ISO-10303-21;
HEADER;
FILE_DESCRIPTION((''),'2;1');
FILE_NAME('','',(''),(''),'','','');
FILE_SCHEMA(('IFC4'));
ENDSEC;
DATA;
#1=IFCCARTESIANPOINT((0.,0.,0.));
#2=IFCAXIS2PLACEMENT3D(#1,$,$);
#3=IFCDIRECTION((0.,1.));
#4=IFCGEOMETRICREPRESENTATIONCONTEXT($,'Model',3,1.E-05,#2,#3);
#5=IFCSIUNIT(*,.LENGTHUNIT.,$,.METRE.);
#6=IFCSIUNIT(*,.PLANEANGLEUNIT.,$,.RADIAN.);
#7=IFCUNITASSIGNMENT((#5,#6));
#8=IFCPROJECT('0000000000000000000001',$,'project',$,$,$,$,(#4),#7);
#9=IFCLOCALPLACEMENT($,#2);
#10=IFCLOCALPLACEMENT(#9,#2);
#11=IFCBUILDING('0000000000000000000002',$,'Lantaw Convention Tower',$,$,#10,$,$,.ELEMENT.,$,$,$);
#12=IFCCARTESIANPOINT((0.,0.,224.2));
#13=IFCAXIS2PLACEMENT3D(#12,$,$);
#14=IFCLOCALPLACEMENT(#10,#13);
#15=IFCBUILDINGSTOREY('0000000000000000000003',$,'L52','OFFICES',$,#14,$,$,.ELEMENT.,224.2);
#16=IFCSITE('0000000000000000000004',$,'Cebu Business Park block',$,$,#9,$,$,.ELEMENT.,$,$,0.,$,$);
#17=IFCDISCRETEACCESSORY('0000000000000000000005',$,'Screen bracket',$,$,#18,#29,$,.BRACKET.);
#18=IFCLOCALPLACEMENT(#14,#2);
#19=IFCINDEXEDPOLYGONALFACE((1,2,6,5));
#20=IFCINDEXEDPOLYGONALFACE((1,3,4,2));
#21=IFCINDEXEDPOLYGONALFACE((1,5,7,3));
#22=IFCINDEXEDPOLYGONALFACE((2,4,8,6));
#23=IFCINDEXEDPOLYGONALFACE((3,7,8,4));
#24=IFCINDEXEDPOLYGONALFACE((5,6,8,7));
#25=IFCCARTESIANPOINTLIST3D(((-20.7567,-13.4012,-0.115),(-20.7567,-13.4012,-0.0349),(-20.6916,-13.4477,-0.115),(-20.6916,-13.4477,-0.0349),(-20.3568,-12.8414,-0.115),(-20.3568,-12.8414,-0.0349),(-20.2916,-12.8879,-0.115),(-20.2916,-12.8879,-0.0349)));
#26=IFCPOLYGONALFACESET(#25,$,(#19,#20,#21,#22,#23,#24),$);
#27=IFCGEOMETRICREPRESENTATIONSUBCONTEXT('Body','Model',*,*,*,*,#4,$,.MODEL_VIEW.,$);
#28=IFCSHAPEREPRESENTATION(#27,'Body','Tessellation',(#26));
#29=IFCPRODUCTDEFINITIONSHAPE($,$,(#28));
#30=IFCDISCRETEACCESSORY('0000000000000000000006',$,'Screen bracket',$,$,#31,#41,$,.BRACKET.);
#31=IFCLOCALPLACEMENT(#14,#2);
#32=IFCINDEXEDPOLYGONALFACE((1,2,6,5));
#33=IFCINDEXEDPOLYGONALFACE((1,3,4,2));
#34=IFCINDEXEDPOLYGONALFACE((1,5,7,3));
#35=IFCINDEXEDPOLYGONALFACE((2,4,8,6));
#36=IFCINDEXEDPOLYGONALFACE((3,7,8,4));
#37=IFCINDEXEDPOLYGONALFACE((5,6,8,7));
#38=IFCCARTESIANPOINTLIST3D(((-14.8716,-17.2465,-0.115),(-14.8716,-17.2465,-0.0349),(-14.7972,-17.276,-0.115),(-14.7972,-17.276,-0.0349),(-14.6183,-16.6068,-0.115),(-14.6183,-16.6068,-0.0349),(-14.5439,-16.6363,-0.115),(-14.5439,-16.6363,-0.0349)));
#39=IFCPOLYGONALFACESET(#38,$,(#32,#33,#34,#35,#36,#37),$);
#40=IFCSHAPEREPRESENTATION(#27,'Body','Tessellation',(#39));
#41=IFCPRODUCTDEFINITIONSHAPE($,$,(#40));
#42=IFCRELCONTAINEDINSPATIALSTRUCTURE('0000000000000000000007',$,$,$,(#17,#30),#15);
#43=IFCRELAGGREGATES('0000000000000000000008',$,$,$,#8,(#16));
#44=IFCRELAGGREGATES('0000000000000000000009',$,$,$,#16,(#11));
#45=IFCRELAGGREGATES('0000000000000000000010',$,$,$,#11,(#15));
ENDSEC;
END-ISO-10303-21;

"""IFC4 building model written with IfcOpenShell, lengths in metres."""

from ifc_helpers import new_model, si_unit, direction, frame, origin, origin_2d, place, context, subcontext, project, spatial, rectangle, extrude, element, save


model = new_model("IFC4")

# Units and contexts
model_context = context("Model", 3, precision=1e-05, world=origin(), true_north=direction((0.0, 1.0)))
body_context = subcontext(model_context, "Body", "Model", "MODEL_VIEW")
ifc_project = project(units=[si_unit("LENGTHUNIT", "METRE"), si_unit("PLANEANGLEUNIT", "RADIAN")], contexts=[model_context])

# Site, building, storey
site_placement = place(None, origin())
site = spatial("IfcSite", under=ifc_project, at=site_placement, Name="Cebu Business Park block", CompositionType="ELEMENT", RefElevation=0.0)
building_placement = place(site_placement, origin())
building = spatial("IfcBuilding", under=site, at=building_placement, Name="Lantaw Convention Tower", CompositionType="ELEMENT")
storey_placement = place(building_placement, frame((0.0, 0.0, 224.2)))
storey = spatial("IfcBuildingStorey", under=building, at=storey_placement, Name="L52", Description="OFFICES", CompositionType="ELEMENT", Elevation=224.2)

# Discrete accessories
for number, where, z_axis, x_axis, name in (
    (1, (-20.5242, -13.1445, -0.115), (0.0, 0.0, 1.0), (0.813673, -0.581323, 0.0), "Screen bracket"),
    (2, (-14.7078, -16.9414, -0.115), (0.0, 0.0, 1.0), (0.929762, -0.368162, 0.0), "Screen bracket"),
):
    element("IfcDiscreteAccessory", number, at=place(storey_placement, frame(where, z_axis=z_axis, x_axis=x_axis)), inside=storey, Name=name, PredefinedType="BRACKET", context=body_context, shape_type="SweptSolid", body=[
        extrude(rectangle(XDim=0.0801, YDim=0.688, at=origin_2d()), origin(), (0.0, 0.0, 1.0), 0.0801),
    ])

save(model, "model.ifc")
